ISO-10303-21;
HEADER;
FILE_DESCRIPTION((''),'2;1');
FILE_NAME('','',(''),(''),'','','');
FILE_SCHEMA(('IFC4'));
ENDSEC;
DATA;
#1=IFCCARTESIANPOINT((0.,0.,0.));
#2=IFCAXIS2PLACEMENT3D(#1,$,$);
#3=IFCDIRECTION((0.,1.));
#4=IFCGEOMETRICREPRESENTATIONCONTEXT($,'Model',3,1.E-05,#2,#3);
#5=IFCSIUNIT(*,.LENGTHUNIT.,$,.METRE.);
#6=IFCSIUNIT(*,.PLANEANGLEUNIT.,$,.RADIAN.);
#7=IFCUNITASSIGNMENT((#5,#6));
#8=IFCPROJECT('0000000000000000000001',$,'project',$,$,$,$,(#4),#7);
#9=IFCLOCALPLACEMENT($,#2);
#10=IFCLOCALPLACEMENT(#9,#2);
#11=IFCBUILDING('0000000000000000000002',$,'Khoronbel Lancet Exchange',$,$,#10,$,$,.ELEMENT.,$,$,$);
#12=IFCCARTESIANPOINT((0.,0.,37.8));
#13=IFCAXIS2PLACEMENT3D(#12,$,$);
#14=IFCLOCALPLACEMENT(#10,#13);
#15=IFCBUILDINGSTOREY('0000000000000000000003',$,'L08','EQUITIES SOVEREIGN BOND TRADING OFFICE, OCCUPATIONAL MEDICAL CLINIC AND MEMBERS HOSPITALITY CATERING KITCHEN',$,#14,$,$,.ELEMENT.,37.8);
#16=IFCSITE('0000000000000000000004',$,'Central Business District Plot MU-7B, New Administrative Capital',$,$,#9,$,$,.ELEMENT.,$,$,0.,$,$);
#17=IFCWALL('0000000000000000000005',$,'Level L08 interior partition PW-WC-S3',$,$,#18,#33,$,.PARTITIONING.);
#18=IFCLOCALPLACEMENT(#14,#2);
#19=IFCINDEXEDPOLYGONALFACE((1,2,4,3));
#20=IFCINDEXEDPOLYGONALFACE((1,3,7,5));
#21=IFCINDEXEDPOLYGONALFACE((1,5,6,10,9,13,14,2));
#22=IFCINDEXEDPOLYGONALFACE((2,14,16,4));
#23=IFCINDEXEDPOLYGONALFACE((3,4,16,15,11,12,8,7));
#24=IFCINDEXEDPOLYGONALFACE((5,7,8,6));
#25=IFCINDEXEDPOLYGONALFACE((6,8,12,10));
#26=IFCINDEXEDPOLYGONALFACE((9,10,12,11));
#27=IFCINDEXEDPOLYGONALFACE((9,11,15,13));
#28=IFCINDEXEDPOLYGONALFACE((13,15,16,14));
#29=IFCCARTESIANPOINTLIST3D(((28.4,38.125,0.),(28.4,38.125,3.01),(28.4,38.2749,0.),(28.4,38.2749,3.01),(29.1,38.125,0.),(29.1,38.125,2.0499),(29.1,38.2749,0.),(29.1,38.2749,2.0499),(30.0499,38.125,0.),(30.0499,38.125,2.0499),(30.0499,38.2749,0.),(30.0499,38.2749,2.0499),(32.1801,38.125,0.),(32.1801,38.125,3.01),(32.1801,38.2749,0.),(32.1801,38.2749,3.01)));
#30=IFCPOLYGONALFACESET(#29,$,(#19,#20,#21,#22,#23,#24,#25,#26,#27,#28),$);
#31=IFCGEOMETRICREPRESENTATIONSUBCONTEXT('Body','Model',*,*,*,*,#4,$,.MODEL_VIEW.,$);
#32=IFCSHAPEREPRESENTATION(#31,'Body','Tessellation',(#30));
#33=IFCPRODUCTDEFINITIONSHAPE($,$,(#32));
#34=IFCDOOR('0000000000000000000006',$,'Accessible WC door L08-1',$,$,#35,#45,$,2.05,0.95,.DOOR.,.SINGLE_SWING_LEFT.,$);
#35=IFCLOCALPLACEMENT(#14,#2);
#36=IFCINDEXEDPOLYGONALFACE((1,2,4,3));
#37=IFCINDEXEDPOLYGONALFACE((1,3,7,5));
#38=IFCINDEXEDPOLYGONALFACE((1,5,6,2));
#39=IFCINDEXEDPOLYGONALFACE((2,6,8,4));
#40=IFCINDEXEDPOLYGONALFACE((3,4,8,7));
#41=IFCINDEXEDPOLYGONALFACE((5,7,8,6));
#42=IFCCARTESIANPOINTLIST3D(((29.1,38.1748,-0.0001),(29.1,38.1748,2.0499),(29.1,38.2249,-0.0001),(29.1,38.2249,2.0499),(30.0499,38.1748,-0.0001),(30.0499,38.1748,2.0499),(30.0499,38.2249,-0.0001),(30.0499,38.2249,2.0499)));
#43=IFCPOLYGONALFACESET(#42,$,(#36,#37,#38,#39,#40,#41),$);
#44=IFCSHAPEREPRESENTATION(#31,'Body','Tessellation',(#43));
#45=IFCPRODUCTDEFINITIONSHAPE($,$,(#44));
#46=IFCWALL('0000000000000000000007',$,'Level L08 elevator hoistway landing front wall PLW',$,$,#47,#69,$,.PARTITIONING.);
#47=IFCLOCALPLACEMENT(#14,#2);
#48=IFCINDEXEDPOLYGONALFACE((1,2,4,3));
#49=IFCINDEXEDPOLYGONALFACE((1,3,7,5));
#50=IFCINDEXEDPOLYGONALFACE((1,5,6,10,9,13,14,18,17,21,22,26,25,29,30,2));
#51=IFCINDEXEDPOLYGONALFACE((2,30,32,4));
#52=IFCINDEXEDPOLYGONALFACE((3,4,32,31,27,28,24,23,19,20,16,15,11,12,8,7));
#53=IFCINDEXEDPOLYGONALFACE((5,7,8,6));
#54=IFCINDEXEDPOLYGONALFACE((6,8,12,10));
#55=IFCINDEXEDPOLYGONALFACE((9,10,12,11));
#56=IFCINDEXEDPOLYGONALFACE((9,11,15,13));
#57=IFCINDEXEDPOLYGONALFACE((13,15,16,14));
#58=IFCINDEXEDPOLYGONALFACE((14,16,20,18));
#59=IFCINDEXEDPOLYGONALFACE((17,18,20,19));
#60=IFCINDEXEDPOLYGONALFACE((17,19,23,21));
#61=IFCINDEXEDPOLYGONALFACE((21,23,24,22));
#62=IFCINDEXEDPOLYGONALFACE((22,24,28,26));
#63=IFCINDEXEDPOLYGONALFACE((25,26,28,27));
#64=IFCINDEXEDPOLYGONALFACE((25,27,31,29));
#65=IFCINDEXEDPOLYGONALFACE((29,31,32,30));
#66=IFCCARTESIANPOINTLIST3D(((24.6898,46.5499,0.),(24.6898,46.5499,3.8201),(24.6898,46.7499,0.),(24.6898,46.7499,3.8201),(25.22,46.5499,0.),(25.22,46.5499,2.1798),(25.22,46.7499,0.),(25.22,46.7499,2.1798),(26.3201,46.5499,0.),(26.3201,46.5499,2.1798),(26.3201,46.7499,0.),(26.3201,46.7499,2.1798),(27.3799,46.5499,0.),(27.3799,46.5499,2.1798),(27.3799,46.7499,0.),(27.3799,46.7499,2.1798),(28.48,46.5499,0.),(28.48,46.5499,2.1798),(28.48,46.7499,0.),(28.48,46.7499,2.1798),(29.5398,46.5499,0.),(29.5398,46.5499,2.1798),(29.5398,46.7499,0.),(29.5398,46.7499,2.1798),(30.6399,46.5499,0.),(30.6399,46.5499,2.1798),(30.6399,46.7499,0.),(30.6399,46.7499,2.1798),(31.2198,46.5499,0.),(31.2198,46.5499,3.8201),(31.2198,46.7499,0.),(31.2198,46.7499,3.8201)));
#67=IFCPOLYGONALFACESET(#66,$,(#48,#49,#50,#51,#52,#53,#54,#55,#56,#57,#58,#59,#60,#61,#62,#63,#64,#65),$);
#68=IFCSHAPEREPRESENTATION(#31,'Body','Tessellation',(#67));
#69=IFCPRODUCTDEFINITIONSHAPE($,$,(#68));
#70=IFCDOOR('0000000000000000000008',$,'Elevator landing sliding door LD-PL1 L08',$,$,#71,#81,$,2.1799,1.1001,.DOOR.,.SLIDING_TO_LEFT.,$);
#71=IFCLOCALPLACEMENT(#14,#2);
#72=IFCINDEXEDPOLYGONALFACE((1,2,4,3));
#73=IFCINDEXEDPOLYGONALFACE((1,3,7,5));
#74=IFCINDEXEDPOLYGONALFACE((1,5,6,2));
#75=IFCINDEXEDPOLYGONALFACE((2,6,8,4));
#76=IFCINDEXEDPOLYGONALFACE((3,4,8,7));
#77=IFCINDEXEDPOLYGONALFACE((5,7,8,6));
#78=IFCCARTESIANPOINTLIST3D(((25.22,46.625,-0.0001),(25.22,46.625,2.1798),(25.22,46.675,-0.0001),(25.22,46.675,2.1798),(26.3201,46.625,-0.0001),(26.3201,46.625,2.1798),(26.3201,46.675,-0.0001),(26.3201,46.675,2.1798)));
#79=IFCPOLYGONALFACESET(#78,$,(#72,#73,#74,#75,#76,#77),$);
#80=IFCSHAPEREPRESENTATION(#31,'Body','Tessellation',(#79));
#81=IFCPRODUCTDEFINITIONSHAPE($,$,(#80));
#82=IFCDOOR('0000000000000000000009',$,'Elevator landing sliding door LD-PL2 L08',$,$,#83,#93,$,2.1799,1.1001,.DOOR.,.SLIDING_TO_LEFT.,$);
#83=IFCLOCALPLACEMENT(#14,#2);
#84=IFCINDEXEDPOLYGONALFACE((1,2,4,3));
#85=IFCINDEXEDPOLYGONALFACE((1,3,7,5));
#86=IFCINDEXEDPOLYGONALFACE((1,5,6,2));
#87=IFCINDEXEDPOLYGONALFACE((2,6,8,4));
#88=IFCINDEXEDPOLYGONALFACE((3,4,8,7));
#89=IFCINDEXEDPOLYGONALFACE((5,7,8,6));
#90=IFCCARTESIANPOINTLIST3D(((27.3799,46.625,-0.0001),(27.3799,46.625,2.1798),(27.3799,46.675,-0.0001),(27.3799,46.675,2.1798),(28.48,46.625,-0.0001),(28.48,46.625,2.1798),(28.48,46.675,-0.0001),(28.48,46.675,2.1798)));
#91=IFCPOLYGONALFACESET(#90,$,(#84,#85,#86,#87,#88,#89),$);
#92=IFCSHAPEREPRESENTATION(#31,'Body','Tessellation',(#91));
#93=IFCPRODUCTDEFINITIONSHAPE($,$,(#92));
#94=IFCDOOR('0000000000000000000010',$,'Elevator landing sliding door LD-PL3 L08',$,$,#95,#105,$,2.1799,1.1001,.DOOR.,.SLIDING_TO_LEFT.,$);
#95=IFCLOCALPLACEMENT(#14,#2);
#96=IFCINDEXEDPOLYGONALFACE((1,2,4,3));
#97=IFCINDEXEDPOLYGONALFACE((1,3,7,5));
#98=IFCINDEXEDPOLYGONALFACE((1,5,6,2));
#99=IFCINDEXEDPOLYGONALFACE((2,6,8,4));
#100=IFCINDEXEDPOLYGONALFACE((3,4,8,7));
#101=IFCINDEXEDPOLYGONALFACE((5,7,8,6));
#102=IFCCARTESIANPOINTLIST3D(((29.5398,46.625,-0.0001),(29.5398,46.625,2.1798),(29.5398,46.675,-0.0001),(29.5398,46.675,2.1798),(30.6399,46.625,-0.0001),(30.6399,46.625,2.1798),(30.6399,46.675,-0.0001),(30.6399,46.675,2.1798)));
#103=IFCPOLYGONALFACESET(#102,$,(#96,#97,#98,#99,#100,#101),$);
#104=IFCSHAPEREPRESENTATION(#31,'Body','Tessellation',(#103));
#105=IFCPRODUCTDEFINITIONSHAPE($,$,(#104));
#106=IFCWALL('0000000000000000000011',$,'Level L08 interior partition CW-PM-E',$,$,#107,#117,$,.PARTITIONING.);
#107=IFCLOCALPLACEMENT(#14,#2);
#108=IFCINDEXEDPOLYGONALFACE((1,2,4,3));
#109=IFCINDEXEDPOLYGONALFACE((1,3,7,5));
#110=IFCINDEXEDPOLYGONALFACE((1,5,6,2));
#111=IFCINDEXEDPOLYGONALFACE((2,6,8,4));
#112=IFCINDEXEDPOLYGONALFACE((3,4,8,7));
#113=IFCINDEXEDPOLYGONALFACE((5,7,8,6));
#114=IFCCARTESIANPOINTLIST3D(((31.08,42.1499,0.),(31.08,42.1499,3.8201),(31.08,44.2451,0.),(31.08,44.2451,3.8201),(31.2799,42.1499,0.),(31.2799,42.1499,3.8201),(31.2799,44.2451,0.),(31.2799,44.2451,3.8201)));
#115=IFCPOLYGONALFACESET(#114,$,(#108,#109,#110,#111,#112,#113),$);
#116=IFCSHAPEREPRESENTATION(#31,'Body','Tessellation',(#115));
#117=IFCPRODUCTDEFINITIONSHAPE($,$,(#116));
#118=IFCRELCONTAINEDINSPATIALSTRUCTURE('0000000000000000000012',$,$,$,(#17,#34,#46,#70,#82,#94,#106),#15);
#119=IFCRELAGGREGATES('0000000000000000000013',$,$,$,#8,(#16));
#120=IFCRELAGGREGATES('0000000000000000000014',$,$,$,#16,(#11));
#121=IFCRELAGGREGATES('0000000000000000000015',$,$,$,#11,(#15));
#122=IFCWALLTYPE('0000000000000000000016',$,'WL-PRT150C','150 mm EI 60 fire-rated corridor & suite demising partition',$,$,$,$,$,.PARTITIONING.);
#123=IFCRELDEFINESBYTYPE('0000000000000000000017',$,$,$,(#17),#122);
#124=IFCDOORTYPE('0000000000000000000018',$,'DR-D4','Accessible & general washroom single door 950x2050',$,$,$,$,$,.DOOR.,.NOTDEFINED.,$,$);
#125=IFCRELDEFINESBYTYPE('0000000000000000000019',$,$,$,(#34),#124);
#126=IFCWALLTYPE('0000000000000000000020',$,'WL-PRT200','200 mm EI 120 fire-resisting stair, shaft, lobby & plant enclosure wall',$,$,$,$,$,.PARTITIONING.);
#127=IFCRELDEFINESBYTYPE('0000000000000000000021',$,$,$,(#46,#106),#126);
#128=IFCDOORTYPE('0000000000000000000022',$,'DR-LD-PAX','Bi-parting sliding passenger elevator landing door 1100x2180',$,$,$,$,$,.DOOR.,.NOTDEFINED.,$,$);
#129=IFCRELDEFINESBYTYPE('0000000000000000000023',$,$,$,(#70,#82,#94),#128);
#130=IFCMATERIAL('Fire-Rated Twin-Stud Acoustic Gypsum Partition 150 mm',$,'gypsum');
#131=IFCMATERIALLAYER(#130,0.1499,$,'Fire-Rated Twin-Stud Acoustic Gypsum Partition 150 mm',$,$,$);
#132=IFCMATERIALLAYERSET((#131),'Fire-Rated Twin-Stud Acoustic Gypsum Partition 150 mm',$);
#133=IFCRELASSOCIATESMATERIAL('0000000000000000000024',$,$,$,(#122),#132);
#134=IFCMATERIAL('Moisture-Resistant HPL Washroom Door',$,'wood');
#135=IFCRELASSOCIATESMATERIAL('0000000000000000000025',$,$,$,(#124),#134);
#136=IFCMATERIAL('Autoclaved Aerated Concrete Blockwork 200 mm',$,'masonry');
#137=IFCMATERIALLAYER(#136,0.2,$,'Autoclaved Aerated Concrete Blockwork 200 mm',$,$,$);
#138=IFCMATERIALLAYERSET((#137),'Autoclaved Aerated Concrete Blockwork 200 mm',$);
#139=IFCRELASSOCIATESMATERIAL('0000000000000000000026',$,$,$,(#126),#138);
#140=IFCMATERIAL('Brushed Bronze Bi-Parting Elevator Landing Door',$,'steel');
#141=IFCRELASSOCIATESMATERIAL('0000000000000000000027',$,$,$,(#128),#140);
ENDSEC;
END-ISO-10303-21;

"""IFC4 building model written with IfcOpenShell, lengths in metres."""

from ifc_helpers import new_model, si_unit, direction, frame, frame_2d, origin, place, context, subcontext, project, spatial, rectangle, extrude, material, layer, layer_set, type_object, element, fill, save


model = new_model("IFC4")

# Units and contexts
model_context = context("Model", 3, precision=1e-05, world=origin(), true_north=direction((0.0, 1.0)))
body_context = subcontext(model_context, "Body", "Model", "MODEL_VIEW")
ifc_project = project(units=[si_unit("LENGTHUNIT", "METRE"), si_unit("PLANEANGLEUNIT", "RADIAN")], contexts=[model_context])

# Site, building, storey
site_placement = place(None, origin())
site = spatial("IfcSite", under=ifc_project, at=site_placement, Name="Central Business District Plot MU-7B, New Administrative Capital", CompositionType="ELEMENT", RefElevation=0.0)
building_placement = place(site_placement, origin())
building = spatial("IfcBuilding", under=site, at=building_placement, Name="Khoronbel Lancet Exchange", CompositionType="ELEMENT")
storey_placement = place(building_placement, frame((0.0, 0.0, 37.8)))
storey = spatial("IfcBuildingStorey", under=building, at=storey_placement, Name="L08", Description="EQUITIES SOVEREIGN BOND TRADING OFFICE, OCCUPATIONAL MEDICAL CLINIC AND MEMBERS HOSPITALITY CATERING KITCHEN", CompositionType="ELEMENT", Elevation=37.8)

# Wall, opening, door
ifc_material_1 = material(Name="Fire-Rated Twin-Stud Acoustic Gypsum Partition 150 mm", Category="gypsum")
ifc_layer_1 = layer(ifc_material_1, 0.1499, Name="Fire-Rated Twin-Stud Acoustic Gypsum Partition 150 mm")
ifc_layer_set_1 = layer_set([ifc_layer_1], Name="Fire-Rated Twin-Stud Acoustic Gypsum Partition 150 mm")
wall_type_1 = type_object("IfcWallType", Name="WL-PRT150C", Description="150 mm EI 60 fire-rated corridor & suite demising partition", PredefinedType="PARTITIONING", material=ifc_layer_set_1)
wall_1_placement = place(storey_placement, frame((28.3999, 38.2, 0.0), z_axis=(0.0, 0.0, 1.0), x_axis=(1.0, 0.0, 0.0)))
wall_1 = element("IfcWall", 1, at=wall_1_placement, inside=storey, type_object=wall_type_1, Name="Level L08 interior partition PW-WC-S3", PredefinedType="PARTITIONING", context=body_context, shape_type="SweptSolid", body=[
    extrude(rectangle(XDim=3.78, YDim=0.1499, at=frame_2d((1.8901, 0.0))), origin(), (0.0, 0.0, 1.0), 3.01),
])
opening_1_placement = place(wall_1_placement, frame((0.7, 0.0, 0.0)))
opening_1 = element("IfcOpeningElement", 2, at=opening_1_placement, cuts=wall_1, PredefinedType="OPENING", context=body_context, shape_type="SweptSolid", body=[
    extrude(rectangle(XDim=0.95, YDim=2.05, at=frame_2d((0.4751, 1.0249))), frame((0.0, 0.085, 0.0), z_axis=(0.0, -1.0, 0.0), x_axis=(1.0, 0.0, 0.0)), (0.0, 0.0, 1.0), 0.1699),
])
ifc_material_2 = material(Name="Moisture-Resistant HPL Washroom Door", Category="wood")
door_type_1 = type_object("IfcDoorType", Name="DR-D4", Description="Accessible & general washroom single door 950x2050", OperationType="NOTDEFINED", PredefinedType="DOOR", material=ifc_material_2)
door_1_placement = place(opening_1_placement, origin())
door_1 = element("IfcDoor", 3, at=door_1_placement, inside=storey, type_object=door_type_1, Name="Accessible WC door L08-1", OperationType="SINGLE_SWING_LEFT", OverallHeight=2.05, OverallWidth=0.95, PredefinedType="DOOR", context=body_context, shape_type="SweptSolid", body=[
    extrude(rectangle(XDim=0.95, YDim=2.05, at=frame_2d((0.4751, 1.0249))), frame((0.0, 0.0249, 0.0), z_axis=(0.0, -1.0, 0.0), x_axis=(1.0, 0.0, 0.0)), (0.0, 0.0, 1.0), 0.05),
])
fill(opening_1, door_1)

# Wall, openings, doors
ifc_material_3 = material(Name="Autoclaved Aerated Concrete Blockwork 200 mm", Category="masonry")
ifc_layer_2 = layer(ifc_material_3, 0.2, Name="Autoclaved Aerated Concrete Blockwork 200 mm")
ifc_layer_set_2 = layer_set([ifc_layer_2], Name="Autoclaved Aerated Concrete Blockwork 200 mm")
wall_type_2 = type_object("IfcWallType", Name="WL-PRT200", Description="200 mm EI 120 fire-resisting stair, shaft, lobby & plant enclosure wall", PredefinedType="PARTITIONING", material=ifc_layer_set_2)
wall_2_placement = place(storey_placement, frame((31.22, 46.6499, 0.0), z_axis=(0.0, 0.0, 1.0), x_axis=(-1.0, 0.0, 0.0)))
wall_2 = element("IfcWall", 4, at=wall_2_placement, inside=storey, type_object=wall_type_2, Name="Level L08 elevator hoistway landing front wall PLW", PredefinedType="PARTITIONING", context=body_context, shape_type="SweptSolid", body=[
    extrude(rectangle(XDim=6.53, YDim=0.2, at=frame_2d((3.2651, 0.0))), origin(), (0.0, 0.0, 1.0), 3.8201),
])
opening_2_placement = place(wall_2_placement, frame((4.8999, 0.0, 0.0)))
opening_2 = element("IfcOpeningElement", 5, at=opening_2_placement, cuts=wall_2, PredefinedType="OPENING", context=body_context, shape_type="SweptSolid", body=[
    extrude(rectangle(XDim=1.1001, YDim=2.1799, at=frame_2d((0.55, 1.0898))), frame((0.0, 0.1099, 0.0), z_axis=(0.0, -1.0, 0.0), x_axis=(1.0, 0.0, 0.0)), (0.0, 0.0, 1.0), 0.22),
])
opening_3_placement = place(wall_2_placement, frame((2.74, 0.0, 0.0)))
opening_3 = element("IfcOpeningElement", 6, at=opening_3_placement, cuts=wall_2, PredefinedType="OPENING", context=body_context, shape_type="SweptSolid", body=[
    extrude(rectangle(XDim=1.1001, YDim=2.1799, at=frame_2d((0.55, 1.0898))), frame((0.0, 0.1099, 0.0), z_axis=(0.0, -1.0, 0.0), x_axis=(1.0, 0.0, 0.0)), (0.0, 0.0, 1.0), 0.22),
])
opening_4_placement = place(wall_2_placement, frame((0.5801, 0.0, 0.0)))
opening_4 = element("IfcOpeningElement", 7, at=opening_4_placement, cuts=wall_2, PredefinedType="OPENING", context=body_context, shape_type="SweptSolid", body=[
    extrude(rectangle(XDim=1.1001, YDim=2.1799, at=frame_2d((0.55, 1.0898))), frame((0.0, 0.1099, 0.0), z_axis=(0.0, -1.0, 0.0), x_axis=(1.0, 0.0, 0.0)), (0.0, 0.0, 1.0), 0.22),
])
ifc_material_4 = material(Name="Brushed Bronze Bi-Parting Elevator Landing Door", Category="steel")
door_type_2 = type_object("IfcDoorType", Name="DR-LD-PAX", Description="Bi-parting sliding passenger elevator landing door 1100x2180", OperationType="NOTDEFINED", PredefinedType="DOOR", material=ifc_material_4)
door_2_placement = place(opening_2_placement, origin())
door_2 = element("IfcDoor", 8, at=door_2_placement, inside=storey, type_object=door_type_2, Name="Elevator landing sliding door LD-PL1 L08", OperationType="SLIDING_TO_LEFT", OverallHeight=2.1799, OverallWidth=1.1001, PredefinedType="DOOR", context=body_context, shape_type="SweptSolid", body=[
    extrude(rectangle(XDim=1.1001, YDim=2.1799, at=frame_2d((0.55, 1.0898))), frame((0.0, 0.0249, 0.0), z_axis=(0.0, -1.0, 0.0), x_axis=(1.0, 0.0, 0.0)), (0.0, 0.0, 1.0), 0.05),
])
fill(opening_2, door_2)
door_3_placement = place(opening_3_placement, origin())
door_3 = element("IfcDoor", 9, at=door_3_placement, inside=storey, type_object=door_type_2, Name="Elevator landing sliding door LD-PL2 L08", OperationType="SLIDING_TO_LEFT", OverallHeight=2.1799, OverallWidth=1.1001, PredefinedType="DOOR", context=body_context, shape_type="SweptSolid", body=[
    extrude(rectangle(XDim=1.1001, YDim=2.1799, at=frame_2d((0.55, 1.0898))), frame((0.0, 0.0249, 0.0), z_axis=(0.0, -1.0, 0.0), x_axis=(1.0, 0.0, 0.0)), (0.0, 0.0, 1.0), 0.05),
])
fill(opening_3, door_3)
door_4_placement = place(opening_4_placement, origin())
door_4 = element("IfcDoor", 10, at=door_4_placement, inside=storey, type_object=door_type_2, Name="Elevator landing sliding door LD-PL3 L08", OperationType="SLIDING_TO_LEFT", OverallHeight=2.1799, OverallWidth=1.1001, PredefinedType="DOOR", context=body_context, shape_type="SweptSolid", body=[
    extrude(rectangle(XDim=1.1001, YDim=2.1799, at=frame_2d((0.55, 1.0898))), frame((0.0, 0.0249, 0.0), z_axis=(0.0, -1.0, 0.0), x_axis=(1.0, 0.0, 0.0)), (0.0, 0.0, 1.0), 0.05),
])
fill(opening_4, door_4)

# Wall
wall_3_placement = place(storey_placement, frame((31.1799, 42.1499, 0.0), z_axis=(0.0, 0.0, 1.0), x_axis=(0.0, 1.0, 0.0)))
element("IfcWall", 11, at=wall_3_placement, inside=storey, type_object=wall_type_2, Name="Level L08 interior partition CW-PM-E", PredefinedType="PARTITIONING", context=body_context, shape_type="SweptSolid", body=[
    extrude(rectangle(XDim=2.0952, YDim=0.2, at=frame_2d((1.0476, 0.0))), origin(), (0.0, 0.0, 1.0), 3.8201),
])

save(model, "model.ifc")
